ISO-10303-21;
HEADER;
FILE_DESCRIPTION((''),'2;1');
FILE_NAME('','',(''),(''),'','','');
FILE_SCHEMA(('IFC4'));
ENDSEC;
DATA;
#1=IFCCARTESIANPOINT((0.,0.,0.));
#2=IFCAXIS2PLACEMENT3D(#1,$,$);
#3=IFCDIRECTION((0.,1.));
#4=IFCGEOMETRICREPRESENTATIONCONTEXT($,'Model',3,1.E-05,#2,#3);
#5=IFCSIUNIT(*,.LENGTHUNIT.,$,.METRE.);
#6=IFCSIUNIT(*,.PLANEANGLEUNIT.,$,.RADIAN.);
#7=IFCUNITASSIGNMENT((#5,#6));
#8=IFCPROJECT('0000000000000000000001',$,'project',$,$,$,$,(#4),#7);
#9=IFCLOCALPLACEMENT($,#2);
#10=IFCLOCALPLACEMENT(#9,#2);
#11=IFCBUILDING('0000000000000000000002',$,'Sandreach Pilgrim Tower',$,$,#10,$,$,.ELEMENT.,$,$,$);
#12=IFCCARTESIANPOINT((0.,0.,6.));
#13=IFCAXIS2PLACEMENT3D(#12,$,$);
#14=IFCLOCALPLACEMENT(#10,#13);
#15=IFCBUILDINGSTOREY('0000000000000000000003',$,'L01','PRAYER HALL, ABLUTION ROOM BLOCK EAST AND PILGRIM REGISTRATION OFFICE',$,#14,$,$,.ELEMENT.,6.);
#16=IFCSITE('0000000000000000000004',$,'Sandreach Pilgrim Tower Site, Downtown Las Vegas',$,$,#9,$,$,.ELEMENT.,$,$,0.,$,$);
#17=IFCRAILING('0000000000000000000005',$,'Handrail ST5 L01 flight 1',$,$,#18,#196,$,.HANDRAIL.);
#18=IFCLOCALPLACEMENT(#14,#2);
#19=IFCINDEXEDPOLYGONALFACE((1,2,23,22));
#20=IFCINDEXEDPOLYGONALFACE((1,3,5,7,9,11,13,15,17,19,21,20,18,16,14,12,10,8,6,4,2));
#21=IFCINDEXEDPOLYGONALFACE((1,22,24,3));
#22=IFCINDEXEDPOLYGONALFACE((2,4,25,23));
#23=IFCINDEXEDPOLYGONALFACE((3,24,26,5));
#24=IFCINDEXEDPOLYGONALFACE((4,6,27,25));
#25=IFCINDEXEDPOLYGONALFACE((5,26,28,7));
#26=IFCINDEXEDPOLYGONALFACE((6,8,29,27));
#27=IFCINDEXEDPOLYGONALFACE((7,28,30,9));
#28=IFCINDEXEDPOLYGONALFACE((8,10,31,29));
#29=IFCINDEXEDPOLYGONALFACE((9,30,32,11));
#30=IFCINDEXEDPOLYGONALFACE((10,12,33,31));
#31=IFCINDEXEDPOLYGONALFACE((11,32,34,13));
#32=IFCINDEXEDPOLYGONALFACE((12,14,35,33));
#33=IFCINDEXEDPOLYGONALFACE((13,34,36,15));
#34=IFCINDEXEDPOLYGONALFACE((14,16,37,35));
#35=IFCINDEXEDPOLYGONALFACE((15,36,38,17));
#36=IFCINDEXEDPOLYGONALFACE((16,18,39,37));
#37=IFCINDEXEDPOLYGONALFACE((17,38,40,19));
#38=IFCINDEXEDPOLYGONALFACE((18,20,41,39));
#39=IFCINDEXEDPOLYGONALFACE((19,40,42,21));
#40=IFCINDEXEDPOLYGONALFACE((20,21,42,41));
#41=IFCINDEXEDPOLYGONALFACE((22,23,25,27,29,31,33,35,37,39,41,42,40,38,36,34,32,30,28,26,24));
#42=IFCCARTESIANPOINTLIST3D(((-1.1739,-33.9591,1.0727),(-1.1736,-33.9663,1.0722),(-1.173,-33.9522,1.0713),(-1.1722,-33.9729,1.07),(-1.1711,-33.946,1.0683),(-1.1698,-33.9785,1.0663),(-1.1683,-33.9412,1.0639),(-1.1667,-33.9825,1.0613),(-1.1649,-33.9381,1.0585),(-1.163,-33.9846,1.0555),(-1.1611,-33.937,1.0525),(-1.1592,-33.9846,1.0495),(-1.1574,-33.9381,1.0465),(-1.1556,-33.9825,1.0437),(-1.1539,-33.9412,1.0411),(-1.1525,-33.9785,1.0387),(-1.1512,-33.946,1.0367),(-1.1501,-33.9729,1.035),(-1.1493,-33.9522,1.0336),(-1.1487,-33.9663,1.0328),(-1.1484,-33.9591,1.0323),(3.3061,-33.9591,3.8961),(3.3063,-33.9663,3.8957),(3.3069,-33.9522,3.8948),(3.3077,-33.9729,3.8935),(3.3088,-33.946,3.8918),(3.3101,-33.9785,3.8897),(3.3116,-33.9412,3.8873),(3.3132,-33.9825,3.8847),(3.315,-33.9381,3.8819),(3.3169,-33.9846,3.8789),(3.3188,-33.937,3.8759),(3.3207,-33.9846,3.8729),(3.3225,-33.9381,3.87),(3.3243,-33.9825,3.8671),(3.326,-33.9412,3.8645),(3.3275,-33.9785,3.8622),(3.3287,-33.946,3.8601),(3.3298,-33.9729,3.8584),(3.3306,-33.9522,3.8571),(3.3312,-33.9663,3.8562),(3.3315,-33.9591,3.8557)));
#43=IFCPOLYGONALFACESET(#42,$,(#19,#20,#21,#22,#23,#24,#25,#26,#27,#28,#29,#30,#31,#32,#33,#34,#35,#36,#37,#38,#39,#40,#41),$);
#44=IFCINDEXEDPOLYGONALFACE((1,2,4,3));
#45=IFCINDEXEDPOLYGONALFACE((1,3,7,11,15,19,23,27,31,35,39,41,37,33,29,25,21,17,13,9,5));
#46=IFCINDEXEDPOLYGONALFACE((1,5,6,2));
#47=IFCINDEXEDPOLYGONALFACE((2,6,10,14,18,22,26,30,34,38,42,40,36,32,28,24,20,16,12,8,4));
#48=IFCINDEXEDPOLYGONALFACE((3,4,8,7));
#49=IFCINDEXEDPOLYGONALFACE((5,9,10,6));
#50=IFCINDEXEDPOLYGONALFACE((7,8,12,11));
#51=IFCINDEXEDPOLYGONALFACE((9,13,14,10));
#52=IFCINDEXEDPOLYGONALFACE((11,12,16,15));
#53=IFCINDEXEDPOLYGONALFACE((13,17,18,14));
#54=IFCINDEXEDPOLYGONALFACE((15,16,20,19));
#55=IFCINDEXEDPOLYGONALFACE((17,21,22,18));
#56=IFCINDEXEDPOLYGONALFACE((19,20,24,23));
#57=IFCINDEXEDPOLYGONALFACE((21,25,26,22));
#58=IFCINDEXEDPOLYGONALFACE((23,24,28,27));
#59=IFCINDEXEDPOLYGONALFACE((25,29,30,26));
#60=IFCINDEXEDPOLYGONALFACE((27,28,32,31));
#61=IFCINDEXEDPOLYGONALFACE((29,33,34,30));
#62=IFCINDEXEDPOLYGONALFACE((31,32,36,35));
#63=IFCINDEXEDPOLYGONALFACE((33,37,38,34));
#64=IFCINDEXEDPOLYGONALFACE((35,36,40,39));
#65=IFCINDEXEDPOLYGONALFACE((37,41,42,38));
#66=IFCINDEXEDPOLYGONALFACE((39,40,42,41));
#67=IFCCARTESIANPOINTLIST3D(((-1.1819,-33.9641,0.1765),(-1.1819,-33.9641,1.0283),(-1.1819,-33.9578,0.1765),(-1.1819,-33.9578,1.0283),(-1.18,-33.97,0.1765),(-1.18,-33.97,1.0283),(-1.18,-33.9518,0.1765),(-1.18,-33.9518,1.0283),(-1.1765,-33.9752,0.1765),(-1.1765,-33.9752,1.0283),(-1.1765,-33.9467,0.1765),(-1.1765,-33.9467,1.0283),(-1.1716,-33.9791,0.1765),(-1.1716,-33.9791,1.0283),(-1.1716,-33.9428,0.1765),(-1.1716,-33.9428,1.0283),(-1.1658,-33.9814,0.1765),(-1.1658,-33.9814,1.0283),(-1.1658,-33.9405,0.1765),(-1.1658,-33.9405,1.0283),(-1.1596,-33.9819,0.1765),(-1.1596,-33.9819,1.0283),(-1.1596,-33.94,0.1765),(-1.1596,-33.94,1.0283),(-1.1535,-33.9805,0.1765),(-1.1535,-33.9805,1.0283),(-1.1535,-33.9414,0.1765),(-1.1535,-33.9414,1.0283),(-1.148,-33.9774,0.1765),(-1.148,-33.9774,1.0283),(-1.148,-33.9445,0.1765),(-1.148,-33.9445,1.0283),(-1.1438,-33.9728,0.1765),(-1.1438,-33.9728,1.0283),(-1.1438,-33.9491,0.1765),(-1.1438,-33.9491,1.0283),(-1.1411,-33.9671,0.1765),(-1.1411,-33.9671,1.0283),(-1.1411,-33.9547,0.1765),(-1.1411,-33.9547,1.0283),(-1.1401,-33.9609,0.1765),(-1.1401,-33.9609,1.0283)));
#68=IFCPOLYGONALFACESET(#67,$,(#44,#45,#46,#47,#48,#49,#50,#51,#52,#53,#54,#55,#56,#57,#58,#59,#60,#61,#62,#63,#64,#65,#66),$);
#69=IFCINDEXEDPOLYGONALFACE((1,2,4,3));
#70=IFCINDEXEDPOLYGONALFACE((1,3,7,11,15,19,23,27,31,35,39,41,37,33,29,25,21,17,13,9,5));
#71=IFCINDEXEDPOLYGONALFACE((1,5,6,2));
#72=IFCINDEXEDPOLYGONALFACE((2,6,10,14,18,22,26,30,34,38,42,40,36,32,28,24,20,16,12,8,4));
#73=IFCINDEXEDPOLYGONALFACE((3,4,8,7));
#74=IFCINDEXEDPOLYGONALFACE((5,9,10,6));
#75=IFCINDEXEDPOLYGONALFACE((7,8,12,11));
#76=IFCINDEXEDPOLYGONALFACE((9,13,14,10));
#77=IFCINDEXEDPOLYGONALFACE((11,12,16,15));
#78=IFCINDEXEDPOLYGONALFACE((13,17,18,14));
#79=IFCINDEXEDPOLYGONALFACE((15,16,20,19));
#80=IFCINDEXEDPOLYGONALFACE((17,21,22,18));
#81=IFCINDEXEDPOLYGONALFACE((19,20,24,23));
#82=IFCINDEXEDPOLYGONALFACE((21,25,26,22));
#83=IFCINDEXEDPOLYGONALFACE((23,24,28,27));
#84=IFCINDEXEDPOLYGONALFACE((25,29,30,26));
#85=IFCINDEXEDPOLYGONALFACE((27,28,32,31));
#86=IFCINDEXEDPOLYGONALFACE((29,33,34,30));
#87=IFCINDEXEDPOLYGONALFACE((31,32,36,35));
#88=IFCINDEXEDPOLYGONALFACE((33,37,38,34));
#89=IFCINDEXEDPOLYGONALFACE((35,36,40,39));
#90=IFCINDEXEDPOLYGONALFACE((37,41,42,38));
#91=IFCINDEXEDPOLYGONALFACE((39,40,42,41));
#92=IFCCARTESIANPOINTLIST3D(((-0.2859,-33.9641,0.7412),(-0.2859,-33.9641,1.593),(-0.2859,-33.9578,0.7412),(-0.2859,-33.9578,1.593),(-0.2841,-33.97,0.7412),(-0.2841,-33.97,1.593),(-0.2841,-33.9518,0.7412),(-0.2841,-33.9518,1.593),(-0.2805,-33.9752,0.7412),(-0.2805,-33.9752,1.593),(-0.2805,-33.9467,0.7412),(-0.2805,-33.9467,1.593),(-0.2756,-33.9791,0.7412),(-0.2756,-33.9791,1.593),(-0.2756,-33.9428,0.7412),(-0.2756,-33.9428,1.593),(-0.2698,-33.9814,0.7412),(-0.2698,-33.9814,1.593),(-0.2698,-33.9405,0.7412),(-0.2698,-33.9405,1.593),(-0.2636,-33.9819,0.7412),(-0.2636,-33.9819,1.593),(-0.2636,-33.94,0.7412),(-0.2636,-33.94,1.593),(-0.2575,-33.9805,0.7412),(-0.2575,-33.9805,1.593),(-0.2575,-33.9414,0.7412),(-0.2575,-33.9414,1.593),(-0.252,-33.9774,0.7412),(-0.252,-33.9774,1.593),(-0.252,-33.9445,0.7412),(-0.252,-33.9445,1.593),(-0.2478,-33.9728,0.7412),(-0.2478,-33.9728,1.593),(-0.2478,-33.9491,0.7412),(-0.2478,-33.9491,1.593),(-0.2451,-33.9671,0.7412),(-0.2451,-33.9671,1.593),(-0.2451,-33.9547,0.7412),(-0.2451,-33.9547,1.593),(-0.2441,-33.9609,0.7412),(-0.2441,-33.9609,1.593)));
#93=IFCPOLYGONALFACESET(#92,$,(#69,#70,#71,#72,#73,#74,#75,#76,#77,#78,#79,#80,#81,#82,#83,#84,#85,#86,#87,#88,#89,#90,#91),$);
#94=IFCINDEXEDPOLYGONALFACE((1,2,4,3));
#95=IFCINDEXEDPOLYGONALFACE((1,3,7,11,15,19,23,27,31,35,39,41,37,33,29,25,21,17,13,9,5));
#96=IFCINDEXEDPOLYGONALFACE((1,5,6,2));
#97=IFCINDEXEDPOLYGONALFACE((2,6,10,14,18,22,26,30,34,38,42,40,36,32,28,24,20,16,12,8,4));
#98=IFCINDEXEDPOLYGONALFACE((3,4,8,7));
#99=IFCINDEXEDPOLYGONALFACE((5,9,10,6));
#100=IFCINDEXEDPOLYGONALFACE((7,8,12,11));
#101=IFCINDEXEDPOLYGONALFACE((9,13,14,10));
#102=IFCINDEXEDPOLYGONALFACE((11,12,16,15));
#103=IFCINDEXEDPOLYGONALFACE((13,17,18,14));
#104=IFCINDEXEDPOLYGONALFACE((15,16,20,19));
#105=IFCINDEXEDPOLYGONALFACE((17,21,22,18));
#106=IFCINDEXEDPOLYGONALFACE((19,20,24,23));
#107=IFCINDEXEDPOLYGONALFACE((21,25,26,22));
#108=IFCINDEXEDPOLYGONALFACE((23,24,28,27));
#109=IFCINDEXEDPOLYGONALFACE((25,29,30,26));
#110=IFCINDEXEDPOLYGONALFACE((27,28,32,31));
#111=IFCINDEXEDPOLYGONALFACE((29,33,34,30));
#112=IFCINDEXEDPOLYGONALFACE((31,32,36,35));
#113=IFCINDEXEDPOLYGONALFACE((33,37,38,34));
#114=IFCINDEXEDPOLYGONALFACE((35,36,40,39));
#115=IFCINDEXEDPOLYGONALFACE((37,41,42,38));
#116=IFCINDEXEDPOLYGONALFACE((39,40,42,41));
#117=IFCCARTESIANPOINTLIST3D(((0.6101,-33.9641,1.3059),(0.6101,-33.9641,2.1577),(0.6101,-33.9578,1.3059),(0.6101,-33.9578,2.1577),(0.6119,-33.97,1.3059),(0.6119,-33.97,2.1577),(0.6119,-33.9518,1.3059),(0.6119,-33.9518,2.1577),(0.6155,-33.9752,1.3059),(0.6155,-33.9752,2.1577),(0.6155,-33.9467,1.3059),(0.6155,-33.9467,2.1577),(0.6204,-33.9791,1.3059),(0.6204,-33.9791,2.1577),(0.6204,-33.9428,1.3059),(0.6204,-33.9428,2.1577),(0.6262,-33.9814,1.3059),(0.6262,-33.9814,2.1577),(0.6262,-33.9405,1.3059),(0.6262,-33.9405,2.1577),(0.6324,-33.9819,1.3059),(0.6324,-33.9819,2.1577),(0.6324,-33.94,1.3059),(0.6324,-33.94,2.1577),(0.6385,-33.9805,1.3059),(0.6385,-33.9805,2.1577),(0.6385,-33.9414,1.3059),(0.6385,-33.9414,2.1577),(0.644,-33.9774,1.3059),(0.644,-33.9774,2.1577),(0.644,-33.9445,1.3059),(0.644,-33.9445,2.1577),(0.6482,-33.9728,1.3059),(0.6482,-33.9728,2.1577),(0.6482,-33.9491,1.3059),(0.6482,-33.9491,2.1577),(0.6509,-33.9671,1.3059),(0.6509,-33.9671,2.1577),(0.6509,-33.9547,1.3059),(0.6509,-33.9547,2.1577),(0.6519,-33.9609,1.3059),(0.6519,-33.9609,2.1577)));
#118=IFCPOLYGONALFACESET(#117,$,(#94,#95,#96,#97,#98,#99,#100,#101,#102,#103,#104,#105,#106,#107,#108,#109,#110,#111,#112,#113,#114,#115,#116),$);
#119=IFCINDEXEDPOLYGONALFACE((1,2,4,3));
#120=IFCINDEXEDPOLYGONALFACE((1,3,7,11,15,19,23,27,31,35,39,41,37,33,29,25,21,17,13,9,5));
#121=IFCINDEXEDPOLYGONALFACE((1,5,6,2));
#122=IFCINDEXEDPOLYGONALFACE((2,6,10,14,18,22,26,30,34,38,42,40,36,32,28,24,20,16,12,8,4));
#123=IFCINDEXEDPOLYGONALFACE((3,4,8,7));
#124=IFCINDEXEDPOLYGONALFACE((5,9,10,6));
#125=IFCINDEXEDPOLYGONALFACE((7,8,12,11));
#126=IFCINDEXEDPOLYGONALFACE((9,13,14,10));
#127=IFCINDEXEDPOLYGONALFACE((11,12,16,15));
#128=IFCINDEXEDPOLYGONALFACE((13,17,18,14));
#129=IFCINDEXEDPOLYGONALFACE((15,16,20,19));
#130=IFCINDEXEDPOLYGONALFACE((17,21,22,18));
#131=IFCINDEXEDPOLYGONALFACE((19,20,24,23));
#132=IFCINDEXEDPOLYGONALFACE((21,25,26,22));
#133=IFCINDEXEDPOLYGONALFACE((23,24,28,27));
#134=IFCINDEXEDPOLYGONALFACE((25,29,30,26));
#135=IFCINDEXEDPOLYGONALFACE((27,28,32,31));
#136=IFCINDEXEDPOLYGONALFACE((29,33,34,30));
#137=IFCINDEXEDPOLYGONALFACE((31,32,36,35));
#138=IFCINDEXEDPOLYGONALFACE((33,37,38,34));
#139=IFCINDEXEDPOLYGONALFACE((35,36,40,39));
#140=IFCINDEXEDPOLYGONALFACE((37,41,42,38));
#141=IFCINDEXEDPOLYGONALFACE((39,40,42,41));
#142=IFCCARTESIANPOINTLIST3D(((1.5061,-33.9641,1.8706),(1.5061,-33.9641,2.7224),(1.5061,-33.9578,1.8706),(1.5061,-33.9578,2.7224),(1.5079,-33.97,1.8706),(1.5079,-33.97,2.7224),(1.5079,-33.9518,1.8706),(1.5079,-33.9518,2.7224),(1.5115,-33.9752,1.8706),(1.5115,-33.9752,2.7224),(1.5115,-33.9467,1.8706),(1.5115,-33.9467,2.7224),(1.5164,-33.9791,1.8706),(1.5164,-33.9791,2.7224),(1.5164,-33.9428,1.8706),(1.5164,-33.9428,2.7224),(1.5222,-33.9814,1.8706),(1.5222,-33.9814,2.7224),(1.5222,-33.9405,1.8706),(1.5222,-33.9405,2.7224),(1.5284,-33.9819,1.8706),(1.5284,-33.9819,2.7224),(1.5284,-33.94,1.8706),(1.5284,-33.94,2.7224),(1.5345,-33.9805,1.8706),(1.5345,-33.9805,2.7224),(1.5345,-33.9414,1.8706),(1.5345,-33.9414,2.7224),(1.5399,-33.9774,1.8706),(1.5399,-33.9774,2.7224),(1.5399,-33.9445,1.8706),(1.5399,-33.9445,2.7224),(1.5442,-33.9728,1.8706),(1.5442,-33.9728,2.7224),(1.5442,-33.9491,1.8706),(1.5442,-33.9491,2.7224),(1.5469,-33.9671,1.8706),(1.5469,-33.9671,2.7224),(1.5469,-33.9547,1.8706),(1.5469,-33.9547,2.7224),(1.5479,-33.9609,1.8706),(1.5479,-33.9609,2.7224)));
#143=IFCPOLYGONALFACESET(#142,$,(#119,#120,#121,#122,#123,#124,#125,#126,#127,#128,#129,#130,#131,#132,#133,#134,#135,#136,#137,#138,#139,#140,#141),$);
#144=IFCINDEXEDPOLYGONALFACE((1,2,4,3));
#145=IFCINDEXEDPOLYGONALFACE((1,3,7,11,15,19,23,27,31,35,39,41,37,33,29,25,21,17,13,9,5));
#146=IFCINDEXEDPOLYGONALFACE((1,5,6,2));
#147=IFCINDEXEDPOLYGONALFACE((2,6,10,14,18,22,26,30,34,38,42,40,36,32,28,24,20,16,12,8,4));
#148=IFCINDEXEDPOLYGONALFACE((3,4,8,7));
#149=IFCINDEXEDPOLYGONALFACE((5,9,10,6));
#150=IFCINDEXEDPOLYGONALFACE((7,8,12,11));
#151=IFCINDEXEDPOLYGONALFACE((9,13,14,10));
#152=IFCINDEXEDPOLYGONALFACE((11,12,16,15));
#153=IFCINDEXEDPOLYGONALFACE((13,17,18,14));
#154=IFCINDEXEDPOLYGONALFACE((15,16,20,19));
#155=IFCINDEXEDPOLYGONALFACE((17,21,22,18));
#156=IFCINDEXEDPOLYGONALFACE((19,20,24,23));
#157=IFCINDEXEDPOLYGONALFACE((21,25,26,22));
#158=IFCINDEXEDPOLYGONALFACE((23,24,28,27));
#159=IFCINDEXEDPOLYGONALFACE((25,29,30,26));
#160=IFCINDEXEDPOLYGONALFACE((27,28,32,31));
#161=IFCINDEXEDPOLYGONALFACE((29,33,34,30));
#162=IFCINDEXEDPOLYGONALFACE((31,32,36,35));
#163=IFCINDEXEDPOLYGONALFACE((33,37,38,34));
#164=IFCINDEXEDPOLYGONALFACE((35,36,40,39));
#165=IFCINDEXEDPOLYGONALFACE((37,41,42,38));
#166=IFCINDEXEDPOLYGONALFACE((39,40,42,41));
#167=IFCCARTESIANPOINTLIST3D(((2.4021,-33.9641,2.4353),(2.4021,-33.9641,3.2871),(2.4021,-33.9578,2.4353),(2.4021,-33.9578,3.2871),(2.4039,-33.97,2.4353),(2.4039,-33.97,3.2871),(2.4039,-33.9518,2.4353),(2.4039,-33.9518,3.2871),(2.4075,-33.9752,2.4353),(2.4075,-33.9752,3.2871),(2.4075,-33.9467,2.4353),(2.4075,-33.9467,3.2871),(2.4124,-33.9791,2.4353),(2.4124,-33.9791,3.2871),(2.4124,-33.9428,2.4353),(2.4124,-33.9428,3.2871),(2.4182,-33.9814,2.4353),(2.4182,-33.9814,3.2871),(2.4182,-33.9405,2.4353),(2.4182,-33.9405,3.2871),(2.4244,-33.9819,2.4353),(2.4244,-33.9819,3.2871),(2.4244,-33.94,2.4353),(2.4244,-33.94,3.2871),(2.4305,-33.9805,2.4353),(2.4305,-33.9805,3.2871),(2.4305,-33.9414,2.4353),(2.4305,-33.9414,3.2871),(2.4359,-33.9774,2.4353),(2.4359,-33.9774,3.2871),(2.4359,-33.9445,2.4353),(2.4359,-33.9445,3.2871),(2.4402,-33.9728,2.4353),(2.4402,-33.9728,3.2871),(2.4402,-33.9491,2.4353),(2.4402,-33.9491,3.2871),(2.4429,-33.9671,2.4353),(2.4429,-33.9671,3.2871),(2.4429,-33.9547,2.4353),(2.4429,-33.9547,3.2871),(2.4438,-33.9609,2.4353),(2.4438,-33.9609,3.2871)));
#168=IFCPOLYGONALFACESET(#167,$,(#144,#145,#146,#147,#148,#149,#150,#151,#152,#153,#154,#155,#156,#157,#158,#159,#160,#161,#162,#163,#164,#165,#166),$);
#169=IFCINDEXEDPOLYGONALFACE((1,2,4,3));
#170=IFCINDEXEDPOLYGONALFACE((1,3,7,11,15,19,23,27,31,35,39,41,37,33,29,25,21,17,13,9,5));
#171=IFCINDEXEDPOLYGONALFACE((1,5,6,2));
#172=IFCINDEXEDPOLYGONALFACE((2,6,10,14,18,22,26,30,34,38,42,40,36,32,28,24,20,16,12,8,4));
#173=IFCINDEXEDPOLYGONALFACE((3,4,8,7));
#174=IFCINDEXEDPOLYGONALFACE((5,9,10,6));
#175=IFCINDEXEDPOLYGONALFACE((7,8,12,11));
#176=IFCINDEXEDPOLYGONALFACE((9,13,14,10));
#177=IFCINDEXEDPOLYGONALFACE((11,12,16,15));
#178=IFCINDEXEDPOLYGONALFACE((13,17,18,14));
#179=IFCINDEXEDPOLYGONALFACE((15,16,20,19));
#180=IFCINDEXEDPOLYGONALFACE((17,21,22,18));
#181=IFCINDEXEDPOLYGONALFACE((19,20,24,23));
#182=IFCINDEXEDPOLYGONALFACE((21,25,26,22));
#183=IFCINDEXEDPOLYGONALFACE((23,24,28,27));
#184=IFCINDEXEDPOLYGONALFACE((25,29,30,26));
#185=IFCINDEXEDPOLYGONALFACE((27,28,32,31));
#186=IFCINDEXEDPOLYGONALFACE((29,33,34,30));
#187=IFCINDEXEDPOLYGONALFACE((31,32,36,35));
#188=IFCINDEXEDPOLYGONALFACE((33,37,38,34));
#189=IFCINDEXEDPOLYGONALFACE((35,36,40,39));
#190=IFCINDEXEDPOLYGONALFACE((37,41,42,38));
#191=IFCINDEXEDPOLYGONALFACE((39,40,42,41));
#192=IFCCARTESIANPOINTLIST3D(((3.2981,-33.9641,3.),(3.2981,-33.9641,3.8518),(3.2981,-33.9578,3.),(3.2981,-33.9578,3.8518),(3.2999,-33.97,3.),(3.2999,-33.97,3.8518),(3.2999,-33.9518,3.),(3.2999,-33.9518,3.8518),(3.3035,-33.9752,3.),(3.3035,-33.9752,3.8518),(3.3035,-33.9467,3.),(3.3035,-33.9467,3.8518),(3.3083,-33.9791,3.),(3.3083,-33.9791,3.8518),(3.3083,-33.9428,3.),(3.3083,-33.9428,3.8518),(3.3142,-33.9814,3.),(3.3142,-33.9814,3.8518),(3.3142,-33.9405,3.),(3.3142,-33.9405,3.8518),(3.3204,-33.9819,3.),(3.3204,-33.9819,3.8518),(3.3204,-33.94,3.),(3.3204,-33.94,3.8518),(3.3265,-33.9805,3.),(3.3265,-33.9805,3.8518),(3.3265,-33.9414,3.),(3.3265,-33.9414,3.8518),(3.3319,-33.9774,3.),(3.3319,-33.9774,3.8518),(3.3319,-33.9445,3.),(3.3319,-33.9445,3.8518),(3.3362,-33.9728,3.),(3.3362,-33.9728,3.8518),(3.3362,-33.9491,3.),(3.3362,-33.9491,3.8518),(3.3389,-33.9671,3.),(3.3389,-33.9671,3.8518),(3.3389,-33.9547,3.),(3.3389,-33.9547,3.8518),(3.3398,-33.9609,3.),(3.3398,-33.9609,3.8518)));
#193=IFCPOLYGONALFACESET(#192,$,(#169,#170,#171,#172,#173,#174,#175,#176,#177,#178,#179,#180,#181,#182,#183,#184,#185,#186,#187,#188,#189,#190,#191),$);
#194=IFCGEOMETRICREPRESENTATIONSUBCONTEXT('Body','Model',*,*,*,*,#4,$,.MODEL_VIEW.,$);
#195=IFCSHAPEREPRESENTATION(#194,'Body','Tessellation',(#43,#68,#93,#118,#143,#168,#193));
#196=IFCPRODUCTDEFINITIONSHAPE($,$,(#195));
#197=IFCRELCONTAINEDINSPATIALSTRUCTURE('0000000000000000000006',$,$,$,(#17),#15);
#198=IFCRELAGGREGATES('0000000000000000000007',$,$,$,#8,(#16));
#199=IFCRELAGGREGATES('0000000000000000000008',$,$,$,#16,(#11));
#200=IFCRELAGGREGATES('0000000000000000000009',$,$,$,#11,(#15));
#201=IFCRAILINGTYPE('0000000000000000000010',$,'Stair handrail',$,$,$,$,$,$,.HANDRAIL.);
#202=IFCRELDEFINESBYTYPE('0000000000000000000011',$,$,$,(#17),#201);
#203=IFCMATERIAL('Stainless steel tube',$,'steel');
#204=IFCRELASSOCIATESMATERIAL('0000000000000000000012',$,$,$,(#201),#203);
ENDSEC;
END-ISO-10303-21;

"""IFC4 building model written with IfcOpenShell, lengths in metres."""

from ifc_helpers import new_model, si_unit, direction, frame, origin, origin_2d, place, context, subcontext, project, spatial, circle, extrude, material, type_object, element, save


model = new_model("IFC4")

# Units and contexts
model_context = context("Model", 3, precision=1e-05, world=origin(), true_north=direction((0.0, 1.0)))
body_context = subcontext(model_context, "Body", "Model", "MODEL_VIEW")
ifc_project = project(units=[si_unit("LENGTHUNIT", "METRE"), si_unit("PLANEANGLEUNIT", "RADIAN")], contexts=[model_context])

# Site, building, storey
site_placement = place(None, origin())
site = spatial("IfcSite", under=ifc_project, at=site_placement, Name="Sandreach Pilgrim Tower Site, Downtown Las Vegas", CompositionType="ELEMENT", RefElevation=0.0)
building_placement = place(site_placement, origin())
building = spatial("IfcBuilding", under=site, at=building_placement, Name="Sandreach Pilgrim Tower", CompositionType="ELEMENT")
storey_placement = place(building_placement, frame((0.0, 0.0, 6.0)))
storey = spatial("IfcBuildingStorey", under=building, at=storey_placement, Name="L01", Description="PRAYER HALL, ABLUTION ROOM BLOCK EAST AND PILGRIM REGISTRATION OFFICE", CompositionType="ELEMENT", Elevation=6.0)

# Railing
ifc_material_1 = material(Name="Stainless steel tube", Category="steel")
railing_type = type_object("IfcRailingType", Name="Stair handrail", PredefinedType="HANDRAIL", material=ifc_material_1)
for number, where, name in (
    (1, (-1.1611, -33.9609, 0.1765), "Handrail ST5 L01 flight 1"),
):
    element("IfcRailing", number, at=place(storey_placement, frame(where)), inside=storey, type_object=railing_type, Name=name, PredefinedType="HANDRAIL", context=body_context, shape_type="SweptSolid", body=[
        extrude(circle(Radius=0.0239, at=origin_2d()), frame((0.0, 0.0, 0.876), z_axis=(0.845998, 0.0, 0.533186), x_axis=(0.0, 1.0, 0.0)), (0.0, 0.0, 1.0), 5.2954),
        extrude(circle(Radius=0.021, at=origin_2d()), origin(), (0.0, 0.0, 1.0), 0.8518),
        extrude(circle(Radius=0.021, at=origin_2d()), frame((0.896, 0.0, 0.5647)), (0.0, 0.0, 1.0), 0.8518),
        extrude(circle(Radius=0.021, at=origin_2d()), frame((1.792, 0.0, 1.1294)), (0.0, 0.0, 1.0), 0.8518),
        extrude(circle(Radius=0.021, at=origin_2d()), frame((2.688, 0.0, 1.6941)), (0.0, 0.0, 1.0), 0.8518),
        extrude(circle(Radius=0.021, at=origin_2d()), frame((3.584, 0.0, 2.2588)), (0.0, 0.0, 1.0), 0.8518),
        extrude(circle(Radius=0.021, at=origin_2d()), frame((4.48, 0.0, 2.8235)), (0.0, 0.0, 1.0), 0.8518),
    ])

save(model, "model.ifc")
